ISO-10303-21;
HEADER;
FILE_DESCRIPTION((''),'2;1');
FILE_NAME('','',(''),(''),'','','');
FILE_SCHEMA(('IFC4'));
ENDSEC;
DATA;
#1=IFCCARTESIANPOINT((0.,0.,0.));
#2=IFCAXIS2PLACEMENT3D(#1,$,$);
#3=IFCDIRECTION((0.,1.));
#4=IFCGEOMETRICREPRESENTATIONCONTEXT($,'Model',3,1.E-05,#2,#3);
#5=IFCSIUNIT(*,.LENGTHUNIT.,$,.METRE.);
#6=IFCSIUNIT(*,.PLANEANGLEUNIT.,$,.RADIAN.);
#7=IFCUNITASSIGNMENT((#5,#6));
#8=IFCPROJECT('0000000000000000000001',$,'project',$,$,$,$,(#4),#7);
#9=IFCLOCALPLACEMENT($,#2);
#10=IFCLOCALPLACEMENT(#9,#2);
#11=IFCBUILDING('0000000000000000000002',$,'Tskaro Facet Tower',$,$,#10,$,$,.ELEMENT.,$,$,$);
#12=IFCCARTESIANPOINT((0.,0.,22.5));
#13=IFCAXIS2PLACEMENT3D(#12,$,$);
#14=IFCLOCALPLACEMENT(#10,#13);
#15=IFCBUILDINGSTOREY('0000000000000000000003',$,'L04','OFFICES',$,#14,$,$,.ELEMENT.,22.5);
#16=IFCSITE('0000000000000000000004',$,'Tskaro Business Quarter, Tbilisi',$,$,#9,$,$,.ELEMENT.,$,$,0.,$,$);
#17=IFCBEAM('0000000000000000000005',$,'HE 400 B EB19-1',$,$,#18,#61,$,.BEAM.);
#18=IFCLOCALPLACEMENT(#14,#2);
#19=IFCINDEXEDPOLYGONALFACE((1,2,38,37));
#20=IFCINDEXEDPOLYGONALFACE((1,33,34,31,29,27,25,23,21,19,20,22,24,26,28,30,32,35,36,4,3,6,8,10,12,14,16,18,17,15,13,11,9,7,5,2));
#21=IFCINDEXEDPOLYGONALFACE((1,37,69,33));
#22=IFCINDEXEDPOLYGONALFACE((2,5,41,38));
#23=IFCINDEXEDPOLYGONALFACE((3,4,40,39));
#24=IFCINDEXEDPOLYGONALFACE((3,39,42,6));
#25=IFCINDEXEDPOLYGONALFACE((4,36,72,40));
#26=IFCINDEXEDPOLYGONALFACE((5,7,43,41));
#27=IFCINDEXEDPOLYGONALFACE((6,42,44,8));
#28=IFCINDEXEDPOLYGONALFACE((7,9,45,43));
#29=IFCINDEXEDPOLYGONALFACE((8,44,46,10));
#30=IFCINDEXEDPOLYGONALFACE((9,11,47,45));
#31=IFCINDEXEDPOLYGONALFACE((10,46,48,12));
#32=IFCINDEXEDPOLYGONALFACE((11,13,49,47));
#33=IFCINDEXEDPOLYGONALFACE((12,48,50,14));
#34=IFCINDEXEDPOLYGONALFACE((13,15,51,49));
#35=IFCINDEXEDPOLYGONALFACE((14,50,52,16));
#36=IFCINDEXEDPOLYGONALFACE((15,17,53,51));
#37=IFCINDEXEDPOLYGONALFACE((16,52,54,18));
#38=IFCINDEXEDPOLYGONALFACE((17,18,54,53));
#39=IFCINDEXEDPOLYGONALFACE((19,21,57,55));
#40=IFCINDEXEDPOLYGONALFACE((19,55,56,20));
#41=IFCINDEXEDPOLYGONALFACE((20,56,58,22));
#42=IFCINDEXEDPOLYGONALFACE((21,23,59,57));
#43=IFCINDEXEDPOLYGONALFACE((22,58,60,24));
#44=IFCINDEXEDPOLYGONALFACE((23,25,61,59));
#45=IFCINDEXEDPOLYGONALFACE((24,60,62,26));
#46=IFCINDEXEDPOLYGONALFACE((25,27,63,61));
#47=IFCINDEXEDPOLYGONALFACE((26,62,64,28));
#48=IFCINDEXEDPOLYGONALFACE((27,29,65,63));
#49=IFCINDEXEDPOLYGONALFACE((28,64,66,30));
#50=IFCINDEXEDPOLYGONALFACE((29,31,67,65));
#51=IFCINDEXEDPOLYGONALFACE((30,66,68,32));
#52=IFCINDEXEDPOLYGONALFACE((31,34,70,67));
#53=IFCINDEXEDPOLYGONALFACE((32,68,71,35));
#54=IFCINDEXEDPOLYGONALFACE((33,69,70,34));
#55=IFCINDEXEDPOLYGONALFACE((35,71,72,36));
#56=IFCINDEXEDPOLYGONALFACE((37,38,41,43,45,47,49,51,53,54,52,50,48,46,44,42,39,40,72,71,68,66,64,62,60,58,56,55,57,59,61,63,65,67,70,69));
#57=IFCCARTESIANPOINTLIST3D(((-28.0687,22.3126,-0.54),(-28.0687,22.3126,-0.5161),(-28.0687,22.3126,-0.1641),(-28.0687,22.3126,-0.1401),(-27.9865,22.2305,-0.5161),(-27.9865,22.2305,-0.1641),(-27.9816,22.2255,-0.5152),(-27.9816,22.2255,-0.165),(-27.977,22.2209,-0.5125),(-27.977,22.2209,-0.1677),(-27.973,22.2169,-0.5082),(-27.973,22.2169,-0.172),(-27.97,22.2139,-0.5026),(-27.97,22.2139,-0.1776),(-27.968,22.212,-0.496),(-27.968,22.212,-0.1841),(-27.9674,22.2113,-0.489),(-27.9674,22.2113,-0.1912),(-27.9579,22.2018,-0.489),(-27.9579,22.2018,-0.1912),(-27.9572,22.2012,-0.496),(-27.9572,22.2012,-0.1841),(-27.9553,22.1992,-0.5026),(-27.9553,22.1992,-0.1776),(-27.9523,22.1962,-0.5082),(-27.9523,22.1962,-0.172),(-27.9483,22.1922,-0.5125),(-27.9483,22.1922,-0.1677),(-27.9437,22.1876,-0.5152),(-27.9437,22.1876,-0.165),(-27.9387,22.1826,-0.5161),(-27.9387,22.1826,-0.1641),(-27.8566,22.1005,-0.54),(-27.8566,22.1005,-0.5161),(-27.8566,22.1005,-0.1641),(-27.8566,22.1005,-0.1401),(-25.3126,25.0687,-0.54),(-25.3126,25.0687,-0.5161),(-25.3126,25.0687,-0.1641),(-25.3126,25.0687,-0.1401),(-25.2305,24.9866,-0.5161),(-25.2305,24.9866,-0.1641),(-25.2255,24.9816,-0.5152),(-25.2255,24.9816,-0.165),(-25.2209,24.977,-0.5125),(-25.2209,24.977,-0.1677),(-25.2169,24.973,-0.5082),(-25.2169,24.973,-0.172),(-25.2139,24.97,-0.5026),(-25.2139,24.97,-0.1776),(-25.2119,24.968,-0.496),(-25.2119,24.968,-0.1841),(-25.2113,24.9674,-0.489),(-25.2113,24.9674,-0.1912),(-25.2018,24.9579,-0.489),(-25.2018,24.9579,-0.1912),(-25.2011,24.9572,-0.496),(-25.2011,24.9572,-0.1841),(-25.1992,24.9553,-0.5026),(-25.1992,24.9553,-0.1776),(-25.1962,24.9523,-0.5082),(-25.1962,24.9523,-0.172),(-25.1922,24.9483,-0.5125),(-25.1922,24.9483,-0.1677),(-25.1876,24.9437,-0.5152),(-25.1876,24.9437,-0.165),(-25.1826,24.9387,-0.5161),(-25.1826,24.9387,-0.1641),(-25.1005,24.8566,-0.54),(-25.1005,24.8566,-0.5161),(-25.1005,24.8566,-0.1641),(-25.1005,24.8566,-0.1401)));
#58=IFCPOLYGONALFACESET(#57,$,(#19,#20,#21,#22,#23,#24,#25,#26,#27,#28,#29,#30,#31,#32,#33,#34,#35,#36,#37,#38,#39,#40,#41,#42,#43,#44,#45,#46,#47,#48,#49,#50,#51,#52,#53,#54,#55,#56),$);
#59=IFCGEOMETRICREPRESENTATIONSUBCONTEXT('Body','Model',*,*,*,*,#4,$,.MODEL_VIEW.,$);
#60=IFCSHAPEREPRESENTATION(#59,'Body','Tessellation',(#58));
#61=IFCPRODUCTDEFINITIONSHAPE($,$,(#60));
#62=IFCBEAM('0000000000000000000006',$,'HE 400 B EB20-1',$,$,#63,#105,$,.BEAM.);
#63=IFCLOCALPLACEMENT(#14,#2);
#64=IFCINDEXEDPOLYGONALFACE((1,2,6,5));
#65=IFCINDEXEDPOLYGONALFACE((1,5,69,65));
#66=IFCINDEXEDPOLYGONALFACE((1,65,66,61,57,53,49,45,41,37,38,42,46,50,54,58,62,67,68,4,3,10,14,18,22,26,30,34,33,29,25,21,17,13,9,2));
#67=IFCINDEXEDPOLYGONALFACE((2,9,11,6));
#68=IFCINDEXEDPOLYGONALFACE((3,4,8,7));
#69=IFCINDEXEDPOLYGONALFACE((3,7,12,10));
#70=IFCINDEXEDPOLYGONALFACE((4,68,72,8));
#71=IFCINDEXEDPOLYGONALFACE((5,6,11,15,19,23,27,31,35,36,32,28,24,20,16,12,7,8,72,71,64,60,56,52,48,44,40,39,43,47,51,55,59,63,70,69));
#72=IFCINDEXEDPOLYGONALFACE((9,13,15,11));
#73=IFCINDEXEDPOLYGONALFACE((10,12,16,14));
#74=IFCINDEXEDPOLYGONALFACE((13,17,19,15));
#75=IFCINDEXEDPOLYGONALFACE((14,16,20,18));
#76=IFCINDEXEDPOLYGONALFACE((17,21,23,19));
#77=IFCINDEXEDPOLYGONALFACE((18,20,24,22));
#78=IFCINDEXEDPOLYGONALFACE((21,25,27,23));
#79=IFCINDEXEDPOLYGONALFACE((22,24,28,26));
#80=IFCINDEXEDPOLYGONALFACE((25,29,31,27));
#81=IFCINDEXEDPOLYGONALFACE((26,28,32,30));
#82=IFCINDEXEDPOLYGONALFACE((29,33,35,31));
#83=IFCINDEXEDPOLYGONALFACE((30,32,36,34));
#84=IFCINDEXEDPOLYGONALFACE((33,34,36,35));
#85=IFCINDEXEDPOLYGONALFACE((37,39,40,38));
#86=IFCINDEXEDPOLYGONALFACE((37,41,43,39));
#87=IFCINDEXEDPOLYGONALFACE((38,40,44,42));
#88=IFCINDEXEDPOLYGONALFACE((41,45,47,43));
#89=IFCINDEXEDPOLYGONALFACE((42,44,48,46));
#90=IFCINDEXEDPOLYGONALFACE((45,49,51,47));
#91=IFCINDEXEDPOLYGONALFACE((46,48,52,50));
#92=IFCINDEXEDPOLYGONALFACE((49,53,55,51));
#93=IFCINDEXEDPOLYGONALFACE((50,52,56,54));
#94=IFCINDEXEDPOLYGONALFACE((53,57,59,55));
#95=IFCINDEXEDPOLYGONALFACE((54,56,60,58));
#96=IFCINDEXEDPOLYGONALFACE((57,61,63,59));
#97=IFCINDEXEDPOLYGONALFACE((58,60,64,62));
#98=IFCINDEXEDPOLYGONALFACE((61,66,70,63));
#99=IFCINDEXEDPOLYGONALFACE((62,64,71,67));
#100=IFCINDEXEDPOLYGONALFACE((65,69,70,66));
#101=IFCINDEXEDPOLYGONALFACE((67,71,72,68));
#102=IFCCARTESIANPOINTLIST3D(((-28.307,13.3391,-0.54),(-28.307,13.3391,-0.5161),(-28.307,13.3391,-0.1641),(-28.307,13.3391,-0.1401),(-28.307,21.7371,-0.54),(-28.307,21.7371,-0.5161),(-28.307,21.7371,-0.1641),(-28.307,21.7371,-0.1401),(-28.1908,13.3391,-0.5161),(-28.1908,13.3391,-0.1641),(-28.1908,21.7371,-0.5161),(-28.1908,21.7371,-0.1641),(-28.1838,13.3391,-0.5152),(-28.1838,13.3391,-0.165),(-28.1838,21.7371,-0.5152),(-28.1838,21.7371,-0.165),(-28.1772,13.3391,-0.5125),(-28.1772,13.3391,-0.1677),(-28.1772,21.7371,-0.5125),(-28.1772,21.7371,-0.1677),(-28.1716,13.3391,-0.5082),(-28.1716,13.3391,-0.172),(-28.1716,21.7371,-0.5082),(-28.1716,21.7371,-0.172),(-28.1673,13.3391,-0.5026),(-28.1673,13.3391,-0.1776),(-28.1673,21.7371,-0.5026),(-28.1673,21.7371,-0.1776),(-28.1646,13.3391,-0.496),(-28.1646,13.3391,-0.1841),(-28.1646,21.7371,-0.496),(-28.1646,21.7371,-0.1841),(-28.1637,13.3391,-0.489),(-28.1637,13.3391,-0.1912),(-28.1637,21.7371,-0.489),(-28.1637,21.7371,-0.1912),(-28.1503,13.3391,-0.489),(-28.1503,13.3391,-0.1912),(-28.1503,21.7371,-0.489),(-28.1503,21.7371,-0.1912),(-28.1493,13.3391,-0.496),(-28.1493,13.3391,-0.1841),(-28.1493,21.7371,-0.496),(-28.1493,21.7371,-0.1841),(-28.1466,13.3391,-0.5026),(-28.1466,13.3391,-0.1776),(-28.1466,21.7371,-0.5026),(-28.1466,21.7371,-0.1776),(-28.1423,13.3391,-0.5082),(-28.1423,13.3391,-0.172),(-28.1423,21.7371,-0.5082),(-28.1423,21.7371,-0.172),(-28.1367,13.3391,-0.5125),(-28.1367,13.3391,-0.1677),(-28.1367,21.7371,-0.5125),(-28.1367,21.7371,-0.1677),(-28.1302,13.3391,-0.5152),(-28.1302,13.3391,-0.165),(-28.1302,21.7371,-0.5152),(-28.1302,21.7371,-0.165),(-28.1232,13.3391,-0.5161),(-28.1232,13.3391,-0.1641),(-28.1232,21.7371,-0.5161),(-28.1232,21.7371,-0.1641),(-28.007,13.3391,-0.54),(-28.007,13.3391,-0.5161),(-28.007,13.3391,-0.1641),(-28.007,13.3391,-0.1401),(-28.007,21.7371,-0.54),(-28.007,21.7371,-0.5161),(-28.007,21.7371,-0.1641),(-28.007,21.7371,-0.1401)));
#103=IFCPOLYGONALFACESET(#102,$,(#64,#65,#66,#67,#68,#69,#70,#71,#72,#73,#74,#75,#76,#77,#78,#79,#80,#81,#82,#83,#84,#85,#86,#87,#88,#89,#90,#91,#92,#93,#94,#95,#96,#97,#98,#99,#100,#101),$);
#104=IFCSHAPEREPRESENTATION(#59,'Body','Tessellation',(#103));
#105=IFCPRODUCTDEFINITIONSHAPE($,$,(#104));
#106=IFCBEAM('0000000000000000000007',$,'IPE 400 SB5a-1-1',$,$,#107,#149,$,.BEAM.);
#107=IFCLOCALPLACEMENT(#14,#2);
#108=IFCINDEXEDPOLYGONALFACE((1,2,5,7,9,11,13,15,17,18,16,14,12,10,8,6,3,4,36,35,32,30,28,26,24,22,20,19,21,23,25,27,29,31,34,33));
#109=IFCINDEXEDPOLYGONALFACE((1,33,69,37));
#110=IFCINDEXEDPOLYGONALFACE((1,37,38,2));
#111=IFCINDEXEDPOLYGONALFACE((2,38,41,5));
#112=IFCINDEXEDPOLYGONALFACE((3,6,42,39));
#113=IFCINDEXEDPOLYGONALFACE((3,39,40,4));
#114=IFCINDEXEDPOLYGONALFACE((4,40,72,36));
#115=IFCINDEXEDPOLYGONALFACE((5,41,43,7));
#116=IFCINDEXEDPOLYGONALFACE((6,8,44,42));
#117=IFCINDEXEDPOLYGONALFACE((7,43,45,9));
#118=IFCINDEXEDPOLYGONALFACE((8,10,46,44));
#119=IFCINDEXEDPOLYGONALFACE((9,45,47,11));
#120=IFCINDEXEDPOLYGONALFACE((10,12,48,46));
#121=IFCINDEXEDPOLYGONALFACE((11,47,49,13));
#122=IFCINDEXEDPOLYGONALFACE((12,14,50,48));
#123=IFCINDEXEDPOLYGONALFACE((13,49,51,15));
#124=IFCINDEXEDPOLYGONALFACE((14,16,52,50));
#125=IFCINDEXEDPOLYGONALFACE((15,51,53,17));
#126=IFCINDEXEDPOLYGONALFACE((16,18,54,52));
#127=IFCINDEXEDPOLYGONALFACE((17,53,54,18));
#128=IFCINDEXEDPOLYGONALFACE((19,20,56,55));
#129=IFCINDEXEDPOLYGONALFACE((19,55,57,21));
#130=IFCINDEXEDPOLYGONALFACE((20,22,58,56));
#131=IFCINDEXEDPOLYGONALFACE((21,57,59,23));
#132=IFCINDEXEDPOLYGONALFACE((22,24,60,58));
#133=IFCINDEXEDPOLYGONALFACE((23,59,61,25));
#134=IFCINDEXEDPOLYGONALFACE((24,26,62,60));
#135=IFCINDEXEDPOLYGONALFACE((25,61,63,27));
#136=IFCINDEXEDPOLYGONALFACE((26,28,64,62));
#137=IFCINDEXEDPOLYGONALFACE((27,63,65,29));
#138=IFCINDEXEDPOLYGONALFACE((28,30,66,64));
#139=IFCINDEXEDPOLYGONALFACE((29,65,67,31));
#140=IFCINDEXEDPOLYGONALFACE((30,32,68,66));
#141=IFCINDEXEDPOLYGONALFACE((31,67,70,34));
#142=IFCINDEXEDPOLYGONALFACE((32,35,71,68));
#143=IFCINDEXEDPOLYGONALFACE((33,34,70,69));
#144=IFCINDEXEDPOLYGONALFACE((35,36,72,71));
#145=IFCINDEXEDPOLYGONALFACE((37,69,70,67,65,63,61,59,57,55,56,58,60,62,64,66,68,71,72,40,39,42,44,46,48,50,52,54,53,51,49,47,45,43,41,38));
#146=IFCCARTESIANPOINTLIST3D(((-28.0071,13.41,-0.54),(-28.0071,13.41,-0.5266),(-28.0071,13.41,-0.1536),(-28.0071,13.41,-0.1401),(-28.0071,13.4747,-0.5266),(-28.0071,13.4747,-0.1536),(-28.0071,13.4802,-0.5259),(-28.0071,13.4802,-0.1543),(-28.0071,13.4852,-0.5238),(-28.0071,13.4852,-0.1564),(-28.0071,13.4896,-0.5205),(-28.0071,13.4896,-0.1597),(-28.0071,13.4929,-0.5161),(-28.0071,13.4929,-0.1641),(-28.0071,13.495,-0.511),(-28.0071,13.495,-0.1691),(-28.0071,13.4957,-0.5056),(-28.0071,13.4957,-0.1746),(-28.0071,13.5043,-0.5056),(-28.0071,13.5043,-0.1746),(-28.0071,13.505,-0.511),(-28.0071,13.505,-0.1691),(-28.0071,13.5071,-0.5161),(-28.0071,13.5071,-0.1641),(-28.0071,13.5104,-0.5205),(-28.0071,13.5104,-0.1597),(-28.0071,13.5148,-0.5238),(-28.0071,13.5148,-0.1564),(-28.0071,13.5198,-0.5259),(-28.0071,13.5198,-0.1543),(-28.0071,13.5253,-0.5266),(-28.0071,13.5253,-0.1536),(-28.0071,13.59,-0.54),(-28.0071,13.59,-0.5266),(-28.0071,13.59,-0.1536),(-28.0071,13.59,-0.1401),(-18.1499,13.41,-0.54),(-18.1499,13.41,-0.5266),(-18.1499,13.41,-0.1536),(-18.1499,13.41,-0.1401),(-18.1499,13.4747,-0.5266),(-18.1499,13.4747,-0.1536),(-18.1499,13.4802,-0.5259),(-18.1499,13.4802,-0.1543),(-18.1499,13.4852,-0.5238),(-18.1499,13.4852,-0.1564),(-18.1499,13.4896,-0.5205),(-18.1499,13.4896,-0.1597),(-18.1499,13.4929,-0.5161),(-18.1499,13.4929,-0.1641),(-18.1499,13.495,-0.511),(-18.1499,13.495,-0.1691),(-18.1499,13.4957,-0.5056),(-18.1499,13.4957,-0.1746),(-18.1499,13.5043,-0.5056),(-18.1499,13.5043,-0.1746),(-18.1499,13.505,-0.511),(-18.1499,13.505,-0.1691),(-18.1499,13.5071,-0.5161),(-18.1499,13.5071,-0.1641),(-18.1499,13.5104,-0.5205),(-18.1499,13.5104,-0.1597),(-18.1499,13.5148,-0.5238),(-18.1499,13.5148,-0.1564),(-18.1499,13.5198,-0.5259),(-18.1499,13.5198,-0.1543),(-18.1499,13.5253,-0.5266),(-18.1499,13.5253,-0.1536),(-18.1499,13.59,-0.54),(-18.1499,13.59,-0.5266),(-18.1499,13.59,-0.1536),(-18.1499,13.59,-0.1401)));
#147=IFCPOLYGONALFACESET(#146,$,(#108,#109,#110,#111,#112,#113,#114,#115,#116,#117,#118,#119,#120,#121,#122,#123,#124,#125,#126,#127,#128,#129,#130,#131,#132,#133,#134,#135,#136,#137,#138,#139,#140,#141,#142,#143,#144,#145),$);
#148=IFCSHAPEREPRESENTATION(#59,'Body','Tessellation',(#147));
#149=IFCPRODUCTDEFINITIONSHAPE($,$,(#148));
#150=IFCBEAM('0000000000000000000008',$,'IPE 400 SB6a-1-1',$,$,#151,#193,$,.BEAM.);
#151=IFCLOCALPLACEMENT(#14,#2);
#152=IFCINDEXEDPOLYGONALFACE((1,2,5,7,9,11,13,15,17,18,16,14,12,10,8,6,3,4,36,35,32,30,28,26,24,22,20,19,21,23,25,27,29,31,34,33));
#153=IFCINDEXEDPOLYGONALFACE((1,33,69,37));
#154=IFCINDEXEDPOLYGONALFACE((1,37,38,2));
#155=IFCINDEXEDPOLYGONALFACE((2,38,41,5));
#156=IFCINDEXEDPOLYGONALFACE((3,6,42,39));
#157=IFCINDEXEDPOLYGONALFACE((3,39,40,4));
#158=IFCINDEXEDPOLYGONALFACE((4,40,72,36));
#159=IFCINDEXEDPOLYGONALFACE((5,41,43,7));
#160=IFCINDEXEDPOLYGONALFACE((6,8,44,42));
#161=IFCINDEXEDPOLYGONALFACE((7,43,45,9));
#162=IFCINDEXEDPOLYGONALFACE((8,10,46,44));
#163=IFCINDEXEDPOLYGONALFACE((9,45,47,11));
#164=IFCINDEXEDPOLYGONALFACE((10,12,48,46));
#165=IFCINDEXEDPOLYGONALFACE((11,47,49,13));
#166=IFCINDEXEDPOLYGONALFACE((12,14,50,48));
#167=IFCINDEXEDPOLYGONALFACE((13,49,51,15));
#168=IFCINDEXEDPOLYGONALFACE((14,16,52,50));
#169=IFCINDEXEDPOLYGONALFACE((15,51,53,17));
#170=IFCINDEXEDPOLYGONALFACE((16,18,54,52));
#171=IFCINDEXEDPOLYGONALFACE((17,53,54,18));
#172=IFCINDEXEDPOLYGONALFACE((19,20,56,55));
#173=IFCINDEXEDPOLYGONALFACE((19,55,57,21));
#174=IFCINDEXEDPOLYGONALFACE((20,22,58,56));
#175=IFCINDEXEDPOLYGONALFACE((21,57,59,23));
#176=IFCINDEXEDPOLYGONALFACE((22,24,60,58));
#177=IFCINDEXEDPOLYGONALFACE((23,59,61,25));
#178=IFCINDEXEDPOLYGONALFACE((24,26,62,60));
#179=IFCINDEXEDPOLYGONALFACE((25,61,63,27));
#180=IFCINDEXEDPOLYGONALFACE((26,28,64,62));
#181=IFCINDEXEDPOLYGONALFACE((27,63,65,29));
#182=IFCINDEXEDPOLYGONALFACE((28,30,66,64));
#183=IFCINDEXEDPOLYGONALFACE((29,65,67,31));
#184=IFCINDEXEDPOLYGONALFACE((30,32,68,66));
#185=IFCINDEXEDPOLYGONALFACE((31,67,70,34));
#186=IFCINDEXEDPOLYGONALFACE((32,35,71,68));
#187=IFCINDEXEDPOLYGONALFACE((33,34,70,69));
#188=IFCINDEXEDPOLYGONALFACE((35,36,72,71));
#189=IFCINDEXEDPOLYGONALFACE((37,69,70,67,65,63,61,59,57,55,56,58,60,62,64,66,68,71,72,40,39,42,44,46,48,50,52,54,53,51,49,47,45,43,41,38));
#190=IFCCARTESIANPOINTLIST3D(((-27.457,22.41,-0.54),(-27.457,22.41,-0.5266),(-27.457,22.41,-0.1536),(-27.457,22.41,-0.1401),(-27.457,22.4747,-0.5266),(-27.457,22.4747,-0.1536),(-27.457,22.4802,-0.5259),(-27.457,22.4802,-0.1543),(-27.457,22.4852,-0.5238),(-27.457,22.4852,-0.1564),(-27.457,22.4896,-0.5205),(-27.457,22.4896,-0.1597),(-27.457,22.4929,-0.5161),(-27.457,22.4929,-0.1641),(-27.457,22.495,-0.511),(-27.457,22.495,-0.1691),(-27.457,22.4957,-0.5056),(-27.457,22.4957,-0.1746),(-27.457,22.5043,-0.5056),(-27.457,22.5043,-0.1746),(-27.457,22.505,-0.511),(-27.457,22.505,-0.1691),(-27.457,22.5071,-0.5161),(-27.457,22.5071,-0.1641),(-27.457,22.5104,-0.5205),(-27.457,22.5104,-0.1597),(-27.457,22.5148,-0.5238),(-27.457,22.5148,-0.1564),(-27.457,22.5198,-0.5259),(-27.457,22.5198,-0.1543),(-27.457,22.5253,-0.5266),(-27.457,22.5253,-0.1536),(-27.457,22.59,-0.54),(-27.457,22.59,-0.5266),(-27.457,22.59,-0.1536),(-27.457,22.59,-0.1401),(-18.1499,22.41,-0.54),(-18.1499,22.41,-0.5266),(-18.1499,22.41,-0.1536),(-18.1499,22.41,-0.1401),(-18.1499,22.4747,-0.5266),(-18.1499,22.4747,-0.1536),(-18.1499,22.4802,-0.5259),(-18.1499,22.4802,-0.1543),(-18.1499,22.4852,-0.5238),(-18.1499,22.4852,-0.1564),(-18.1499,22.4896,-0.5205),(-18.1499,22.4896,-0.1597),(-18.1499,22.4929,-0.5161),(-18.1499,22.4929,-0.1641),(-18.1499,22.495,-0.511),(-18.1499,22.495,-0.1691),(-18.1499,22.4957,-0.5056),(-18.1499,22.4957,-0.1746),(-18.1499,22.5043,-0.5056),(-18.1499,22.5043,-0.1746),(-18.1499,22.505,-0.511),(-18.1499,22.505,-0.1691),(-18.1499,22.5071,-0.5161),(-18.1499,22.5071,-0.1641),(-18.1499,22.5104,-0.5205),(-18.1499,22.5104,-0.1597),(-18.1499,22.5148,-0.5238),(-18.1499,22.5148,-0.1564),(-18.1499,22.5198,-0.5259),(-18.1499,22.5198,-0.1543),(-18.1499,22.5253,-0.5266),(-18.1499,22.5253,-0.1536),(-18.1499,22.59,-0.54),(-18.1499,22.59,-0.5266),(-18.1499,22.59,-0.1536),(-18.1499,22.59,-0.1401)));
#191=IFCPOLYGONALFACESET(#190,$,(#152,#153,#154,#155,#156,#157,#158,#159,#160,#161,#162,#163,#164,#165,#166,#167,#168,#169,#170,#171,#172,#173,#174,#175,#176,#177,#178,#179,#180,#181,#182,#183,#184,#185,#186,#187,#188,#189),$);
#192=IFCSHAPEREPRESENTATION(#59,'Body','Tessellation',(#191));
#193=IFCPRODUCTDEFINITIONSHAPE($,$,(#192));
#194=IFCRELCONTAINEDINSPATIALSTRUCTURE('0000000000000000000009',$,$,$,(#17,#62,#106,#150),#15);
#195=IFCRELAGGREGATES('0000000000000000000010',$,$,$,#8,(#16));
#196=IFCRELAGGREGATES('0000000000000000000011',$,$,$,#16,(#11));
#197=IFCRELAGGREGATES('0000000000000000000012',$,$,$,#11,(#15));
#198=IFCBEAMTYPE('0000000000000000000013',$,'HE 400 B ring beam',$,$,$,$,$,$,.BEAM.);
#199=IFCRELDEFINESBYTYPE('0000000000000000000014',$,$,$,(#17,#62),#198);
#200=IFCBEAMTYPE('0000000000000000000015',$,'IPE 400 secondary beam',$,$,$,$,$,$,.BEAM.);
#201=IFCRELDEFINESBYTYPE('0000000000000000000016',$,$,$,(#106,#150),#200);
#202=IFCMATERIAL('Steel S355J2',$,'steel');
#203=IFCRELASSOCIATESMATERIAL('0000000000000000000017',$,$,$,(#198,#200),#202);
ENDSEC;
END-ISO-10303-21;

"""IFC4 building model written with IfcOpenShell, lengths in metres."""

from ifc_helpers import new_model, si_unit, direction, frame, origin, origin_2d, place, context, subcontext, project, spatial, i_section, extrude, material, material_profile, profile_set, type_object, element, save


model = new_model("IFC4")

# Units and contexts
model_context = context("Model", 3, precision=1e-05, world=origin(), true_north=direction((0.0, 1.0)))
body_context = subcontext(model_context, "Body", "Model", "MODEL_VIEW")
ifc_project = project(units=[si_unit("LENGTHUNIT", "METRE"), si_unit("PLANEANGLEUNIT", "RADIAN")], contexts=[model_context])

# Site, building, storey
site_placement = place(None, origin())
site = spatial("IfcSite", under=ifc_project, at=site_placement, Name="Tskaro Business Quarter, Tbilisi", CompositionType="ELEMENT", RefElevation=0.0)
building_placement = place(site_placement, origin())
building = spatial("IfcBuilding", under=site, at=building_placement, Name="Tskaro Facet Tower", CompositionType="ELEMENT")
storey_placement = place(building_placement, frame((0.0, 0.0, 22.5)))
storey = spatial("IfcBuildingStorey", under=building, at=storey_placement, Name="L04", Description="OFFICES", CompositionType="ELEMENT", Elevation=22.5)

# Beams
ifc_material_1 = material(Name="Steel S355J2", Category="steel")
ifc_material_profile_1 = material_profile(ifc_material_1, i_section(OverallWidth=0.3, OverallDepth=0.3999, WebThickness=0.0134, FlangeThickness=0.0239, FilletRadius=0.0271, at=origin_2d()), Name="HE 400 B")
ifc_profile_set_1 = profile_set([ifc_material_profile_1], Name="Steel S355J2")
beam_type_1 = type_object("IfcBeamType", Name="HE 400 B ring beam", PredefinedType="BEAM", material=ifc_profile_set_1)
beam_1_placement = place(storey_placement, frame((-25.2065, 24.9626, -0.3401), z_axis=(-0.707107, -0.707107, 0.0), x_axis=(0.707107, -0.707107, 0.0)))
element("IfcBeam", 1, at=beam_1_placement, inside=storey, type_object=beam_type_1, Name="HE 400 B EB19-1", PredefinedType="BEAM", context=body_context, shape_type="SweptSolid", body=[
    extrude(i_section(OverallWidth=0.3, OverallDepth=0.3999, WebThickness=0.0134, FlangeThickness=0.0239, FilletRadius=0.0271, at=origin_2d()), origin(), (0.0, 0.0, 1.0), 3.8977),
])
beam_2_placement = place(storey_placement, frame((-28.157, 21.7371, -0.3401), z_axis=(0.0, -1.0, 0.0), x_axis=(1.0, 0.0, 0.0)))
element("IfcBeam", 2, at=beam_2_placement, inside=storey, type_object=beam_type_1, Name="HE 400 B EB20-1", PredefinedType="BEAM", context=body_context, shape_type="SweptSolid", body=[
    extrude(i_section(OverallWidth=0.3, OverallDepth=0.3999, WebThickness=0.0134, FlangeThickness=0.0239, FilletRadius=0.0271, at=origin_2d()), origin(), (0.0, 0.0, 1.0), 8.3979),
])
ifc_material_profile_2 = material_profile(ifc_material_1, i_section(OverallWidth=0.1799, OverallDepth=0.3999, WebThickness=0.0085, FlangeThickness=0.0134, FilletRadius=0.021, at=origin_2d()), Name="IPE 400")
ifc_profile_set_2 = profile_set([ifc_material_profile_2], Name="Steel S355J2")
beam_type_2 = type_object("IfcBeamType", Name="IPE 400 secondary beam", PredefinedType="BEAM", material=ifc_profile_set_2)
beam_3_placement = place(storey_placement, frame((-28.0071, 13.5, -0.3401), z_axis=(1.0, 0.0, 0.0), x_axis=(0.0, 1.0, 0.0)))
element("IfcBeam", 3, at=beam_3_placement, inside=storey, type_object=beam_type_2, Name="IPE 400 SB5a-1-1", PredefinedType="BEAM", context=body_context, shape_type="SweptSolid", body=[
    extrude(i_section(OverallWidth=0.1799, OverallDepth=0.3999, WebThickness=0.0085, FlangeThickness=0.0134, FilletRadius=0.021, at=origin_2d()), origin(), (0.0, 0.0, 1.0), 9.8572),
])
beam_4_placement = place(storey_placement, frame((-27.457, 22.5, -0.3401), z_axis=(1.0, 0.0, 0.0), x_axis=(0.0, 1.0, 0.0)))
element("IfcBeam", 4, at=beam_4_placement, inside=storey, type_object=beam_type_2, Name="IPE 400 SB6a-1-1", PredefinedType="BEAM", context=body_context, shape_type="SweptSolid", body=[
    extrude(i_section(OverallWidth=0.1799, OverallDepth=0.3999, WebThickness=0.0085, FlangeThickness=0.0134, FilletRadius=0.021, at=origin_2d()), origin(), (0.0, 0.0, 1.0), 9.3071),
])

save(model, "model.ifc")
